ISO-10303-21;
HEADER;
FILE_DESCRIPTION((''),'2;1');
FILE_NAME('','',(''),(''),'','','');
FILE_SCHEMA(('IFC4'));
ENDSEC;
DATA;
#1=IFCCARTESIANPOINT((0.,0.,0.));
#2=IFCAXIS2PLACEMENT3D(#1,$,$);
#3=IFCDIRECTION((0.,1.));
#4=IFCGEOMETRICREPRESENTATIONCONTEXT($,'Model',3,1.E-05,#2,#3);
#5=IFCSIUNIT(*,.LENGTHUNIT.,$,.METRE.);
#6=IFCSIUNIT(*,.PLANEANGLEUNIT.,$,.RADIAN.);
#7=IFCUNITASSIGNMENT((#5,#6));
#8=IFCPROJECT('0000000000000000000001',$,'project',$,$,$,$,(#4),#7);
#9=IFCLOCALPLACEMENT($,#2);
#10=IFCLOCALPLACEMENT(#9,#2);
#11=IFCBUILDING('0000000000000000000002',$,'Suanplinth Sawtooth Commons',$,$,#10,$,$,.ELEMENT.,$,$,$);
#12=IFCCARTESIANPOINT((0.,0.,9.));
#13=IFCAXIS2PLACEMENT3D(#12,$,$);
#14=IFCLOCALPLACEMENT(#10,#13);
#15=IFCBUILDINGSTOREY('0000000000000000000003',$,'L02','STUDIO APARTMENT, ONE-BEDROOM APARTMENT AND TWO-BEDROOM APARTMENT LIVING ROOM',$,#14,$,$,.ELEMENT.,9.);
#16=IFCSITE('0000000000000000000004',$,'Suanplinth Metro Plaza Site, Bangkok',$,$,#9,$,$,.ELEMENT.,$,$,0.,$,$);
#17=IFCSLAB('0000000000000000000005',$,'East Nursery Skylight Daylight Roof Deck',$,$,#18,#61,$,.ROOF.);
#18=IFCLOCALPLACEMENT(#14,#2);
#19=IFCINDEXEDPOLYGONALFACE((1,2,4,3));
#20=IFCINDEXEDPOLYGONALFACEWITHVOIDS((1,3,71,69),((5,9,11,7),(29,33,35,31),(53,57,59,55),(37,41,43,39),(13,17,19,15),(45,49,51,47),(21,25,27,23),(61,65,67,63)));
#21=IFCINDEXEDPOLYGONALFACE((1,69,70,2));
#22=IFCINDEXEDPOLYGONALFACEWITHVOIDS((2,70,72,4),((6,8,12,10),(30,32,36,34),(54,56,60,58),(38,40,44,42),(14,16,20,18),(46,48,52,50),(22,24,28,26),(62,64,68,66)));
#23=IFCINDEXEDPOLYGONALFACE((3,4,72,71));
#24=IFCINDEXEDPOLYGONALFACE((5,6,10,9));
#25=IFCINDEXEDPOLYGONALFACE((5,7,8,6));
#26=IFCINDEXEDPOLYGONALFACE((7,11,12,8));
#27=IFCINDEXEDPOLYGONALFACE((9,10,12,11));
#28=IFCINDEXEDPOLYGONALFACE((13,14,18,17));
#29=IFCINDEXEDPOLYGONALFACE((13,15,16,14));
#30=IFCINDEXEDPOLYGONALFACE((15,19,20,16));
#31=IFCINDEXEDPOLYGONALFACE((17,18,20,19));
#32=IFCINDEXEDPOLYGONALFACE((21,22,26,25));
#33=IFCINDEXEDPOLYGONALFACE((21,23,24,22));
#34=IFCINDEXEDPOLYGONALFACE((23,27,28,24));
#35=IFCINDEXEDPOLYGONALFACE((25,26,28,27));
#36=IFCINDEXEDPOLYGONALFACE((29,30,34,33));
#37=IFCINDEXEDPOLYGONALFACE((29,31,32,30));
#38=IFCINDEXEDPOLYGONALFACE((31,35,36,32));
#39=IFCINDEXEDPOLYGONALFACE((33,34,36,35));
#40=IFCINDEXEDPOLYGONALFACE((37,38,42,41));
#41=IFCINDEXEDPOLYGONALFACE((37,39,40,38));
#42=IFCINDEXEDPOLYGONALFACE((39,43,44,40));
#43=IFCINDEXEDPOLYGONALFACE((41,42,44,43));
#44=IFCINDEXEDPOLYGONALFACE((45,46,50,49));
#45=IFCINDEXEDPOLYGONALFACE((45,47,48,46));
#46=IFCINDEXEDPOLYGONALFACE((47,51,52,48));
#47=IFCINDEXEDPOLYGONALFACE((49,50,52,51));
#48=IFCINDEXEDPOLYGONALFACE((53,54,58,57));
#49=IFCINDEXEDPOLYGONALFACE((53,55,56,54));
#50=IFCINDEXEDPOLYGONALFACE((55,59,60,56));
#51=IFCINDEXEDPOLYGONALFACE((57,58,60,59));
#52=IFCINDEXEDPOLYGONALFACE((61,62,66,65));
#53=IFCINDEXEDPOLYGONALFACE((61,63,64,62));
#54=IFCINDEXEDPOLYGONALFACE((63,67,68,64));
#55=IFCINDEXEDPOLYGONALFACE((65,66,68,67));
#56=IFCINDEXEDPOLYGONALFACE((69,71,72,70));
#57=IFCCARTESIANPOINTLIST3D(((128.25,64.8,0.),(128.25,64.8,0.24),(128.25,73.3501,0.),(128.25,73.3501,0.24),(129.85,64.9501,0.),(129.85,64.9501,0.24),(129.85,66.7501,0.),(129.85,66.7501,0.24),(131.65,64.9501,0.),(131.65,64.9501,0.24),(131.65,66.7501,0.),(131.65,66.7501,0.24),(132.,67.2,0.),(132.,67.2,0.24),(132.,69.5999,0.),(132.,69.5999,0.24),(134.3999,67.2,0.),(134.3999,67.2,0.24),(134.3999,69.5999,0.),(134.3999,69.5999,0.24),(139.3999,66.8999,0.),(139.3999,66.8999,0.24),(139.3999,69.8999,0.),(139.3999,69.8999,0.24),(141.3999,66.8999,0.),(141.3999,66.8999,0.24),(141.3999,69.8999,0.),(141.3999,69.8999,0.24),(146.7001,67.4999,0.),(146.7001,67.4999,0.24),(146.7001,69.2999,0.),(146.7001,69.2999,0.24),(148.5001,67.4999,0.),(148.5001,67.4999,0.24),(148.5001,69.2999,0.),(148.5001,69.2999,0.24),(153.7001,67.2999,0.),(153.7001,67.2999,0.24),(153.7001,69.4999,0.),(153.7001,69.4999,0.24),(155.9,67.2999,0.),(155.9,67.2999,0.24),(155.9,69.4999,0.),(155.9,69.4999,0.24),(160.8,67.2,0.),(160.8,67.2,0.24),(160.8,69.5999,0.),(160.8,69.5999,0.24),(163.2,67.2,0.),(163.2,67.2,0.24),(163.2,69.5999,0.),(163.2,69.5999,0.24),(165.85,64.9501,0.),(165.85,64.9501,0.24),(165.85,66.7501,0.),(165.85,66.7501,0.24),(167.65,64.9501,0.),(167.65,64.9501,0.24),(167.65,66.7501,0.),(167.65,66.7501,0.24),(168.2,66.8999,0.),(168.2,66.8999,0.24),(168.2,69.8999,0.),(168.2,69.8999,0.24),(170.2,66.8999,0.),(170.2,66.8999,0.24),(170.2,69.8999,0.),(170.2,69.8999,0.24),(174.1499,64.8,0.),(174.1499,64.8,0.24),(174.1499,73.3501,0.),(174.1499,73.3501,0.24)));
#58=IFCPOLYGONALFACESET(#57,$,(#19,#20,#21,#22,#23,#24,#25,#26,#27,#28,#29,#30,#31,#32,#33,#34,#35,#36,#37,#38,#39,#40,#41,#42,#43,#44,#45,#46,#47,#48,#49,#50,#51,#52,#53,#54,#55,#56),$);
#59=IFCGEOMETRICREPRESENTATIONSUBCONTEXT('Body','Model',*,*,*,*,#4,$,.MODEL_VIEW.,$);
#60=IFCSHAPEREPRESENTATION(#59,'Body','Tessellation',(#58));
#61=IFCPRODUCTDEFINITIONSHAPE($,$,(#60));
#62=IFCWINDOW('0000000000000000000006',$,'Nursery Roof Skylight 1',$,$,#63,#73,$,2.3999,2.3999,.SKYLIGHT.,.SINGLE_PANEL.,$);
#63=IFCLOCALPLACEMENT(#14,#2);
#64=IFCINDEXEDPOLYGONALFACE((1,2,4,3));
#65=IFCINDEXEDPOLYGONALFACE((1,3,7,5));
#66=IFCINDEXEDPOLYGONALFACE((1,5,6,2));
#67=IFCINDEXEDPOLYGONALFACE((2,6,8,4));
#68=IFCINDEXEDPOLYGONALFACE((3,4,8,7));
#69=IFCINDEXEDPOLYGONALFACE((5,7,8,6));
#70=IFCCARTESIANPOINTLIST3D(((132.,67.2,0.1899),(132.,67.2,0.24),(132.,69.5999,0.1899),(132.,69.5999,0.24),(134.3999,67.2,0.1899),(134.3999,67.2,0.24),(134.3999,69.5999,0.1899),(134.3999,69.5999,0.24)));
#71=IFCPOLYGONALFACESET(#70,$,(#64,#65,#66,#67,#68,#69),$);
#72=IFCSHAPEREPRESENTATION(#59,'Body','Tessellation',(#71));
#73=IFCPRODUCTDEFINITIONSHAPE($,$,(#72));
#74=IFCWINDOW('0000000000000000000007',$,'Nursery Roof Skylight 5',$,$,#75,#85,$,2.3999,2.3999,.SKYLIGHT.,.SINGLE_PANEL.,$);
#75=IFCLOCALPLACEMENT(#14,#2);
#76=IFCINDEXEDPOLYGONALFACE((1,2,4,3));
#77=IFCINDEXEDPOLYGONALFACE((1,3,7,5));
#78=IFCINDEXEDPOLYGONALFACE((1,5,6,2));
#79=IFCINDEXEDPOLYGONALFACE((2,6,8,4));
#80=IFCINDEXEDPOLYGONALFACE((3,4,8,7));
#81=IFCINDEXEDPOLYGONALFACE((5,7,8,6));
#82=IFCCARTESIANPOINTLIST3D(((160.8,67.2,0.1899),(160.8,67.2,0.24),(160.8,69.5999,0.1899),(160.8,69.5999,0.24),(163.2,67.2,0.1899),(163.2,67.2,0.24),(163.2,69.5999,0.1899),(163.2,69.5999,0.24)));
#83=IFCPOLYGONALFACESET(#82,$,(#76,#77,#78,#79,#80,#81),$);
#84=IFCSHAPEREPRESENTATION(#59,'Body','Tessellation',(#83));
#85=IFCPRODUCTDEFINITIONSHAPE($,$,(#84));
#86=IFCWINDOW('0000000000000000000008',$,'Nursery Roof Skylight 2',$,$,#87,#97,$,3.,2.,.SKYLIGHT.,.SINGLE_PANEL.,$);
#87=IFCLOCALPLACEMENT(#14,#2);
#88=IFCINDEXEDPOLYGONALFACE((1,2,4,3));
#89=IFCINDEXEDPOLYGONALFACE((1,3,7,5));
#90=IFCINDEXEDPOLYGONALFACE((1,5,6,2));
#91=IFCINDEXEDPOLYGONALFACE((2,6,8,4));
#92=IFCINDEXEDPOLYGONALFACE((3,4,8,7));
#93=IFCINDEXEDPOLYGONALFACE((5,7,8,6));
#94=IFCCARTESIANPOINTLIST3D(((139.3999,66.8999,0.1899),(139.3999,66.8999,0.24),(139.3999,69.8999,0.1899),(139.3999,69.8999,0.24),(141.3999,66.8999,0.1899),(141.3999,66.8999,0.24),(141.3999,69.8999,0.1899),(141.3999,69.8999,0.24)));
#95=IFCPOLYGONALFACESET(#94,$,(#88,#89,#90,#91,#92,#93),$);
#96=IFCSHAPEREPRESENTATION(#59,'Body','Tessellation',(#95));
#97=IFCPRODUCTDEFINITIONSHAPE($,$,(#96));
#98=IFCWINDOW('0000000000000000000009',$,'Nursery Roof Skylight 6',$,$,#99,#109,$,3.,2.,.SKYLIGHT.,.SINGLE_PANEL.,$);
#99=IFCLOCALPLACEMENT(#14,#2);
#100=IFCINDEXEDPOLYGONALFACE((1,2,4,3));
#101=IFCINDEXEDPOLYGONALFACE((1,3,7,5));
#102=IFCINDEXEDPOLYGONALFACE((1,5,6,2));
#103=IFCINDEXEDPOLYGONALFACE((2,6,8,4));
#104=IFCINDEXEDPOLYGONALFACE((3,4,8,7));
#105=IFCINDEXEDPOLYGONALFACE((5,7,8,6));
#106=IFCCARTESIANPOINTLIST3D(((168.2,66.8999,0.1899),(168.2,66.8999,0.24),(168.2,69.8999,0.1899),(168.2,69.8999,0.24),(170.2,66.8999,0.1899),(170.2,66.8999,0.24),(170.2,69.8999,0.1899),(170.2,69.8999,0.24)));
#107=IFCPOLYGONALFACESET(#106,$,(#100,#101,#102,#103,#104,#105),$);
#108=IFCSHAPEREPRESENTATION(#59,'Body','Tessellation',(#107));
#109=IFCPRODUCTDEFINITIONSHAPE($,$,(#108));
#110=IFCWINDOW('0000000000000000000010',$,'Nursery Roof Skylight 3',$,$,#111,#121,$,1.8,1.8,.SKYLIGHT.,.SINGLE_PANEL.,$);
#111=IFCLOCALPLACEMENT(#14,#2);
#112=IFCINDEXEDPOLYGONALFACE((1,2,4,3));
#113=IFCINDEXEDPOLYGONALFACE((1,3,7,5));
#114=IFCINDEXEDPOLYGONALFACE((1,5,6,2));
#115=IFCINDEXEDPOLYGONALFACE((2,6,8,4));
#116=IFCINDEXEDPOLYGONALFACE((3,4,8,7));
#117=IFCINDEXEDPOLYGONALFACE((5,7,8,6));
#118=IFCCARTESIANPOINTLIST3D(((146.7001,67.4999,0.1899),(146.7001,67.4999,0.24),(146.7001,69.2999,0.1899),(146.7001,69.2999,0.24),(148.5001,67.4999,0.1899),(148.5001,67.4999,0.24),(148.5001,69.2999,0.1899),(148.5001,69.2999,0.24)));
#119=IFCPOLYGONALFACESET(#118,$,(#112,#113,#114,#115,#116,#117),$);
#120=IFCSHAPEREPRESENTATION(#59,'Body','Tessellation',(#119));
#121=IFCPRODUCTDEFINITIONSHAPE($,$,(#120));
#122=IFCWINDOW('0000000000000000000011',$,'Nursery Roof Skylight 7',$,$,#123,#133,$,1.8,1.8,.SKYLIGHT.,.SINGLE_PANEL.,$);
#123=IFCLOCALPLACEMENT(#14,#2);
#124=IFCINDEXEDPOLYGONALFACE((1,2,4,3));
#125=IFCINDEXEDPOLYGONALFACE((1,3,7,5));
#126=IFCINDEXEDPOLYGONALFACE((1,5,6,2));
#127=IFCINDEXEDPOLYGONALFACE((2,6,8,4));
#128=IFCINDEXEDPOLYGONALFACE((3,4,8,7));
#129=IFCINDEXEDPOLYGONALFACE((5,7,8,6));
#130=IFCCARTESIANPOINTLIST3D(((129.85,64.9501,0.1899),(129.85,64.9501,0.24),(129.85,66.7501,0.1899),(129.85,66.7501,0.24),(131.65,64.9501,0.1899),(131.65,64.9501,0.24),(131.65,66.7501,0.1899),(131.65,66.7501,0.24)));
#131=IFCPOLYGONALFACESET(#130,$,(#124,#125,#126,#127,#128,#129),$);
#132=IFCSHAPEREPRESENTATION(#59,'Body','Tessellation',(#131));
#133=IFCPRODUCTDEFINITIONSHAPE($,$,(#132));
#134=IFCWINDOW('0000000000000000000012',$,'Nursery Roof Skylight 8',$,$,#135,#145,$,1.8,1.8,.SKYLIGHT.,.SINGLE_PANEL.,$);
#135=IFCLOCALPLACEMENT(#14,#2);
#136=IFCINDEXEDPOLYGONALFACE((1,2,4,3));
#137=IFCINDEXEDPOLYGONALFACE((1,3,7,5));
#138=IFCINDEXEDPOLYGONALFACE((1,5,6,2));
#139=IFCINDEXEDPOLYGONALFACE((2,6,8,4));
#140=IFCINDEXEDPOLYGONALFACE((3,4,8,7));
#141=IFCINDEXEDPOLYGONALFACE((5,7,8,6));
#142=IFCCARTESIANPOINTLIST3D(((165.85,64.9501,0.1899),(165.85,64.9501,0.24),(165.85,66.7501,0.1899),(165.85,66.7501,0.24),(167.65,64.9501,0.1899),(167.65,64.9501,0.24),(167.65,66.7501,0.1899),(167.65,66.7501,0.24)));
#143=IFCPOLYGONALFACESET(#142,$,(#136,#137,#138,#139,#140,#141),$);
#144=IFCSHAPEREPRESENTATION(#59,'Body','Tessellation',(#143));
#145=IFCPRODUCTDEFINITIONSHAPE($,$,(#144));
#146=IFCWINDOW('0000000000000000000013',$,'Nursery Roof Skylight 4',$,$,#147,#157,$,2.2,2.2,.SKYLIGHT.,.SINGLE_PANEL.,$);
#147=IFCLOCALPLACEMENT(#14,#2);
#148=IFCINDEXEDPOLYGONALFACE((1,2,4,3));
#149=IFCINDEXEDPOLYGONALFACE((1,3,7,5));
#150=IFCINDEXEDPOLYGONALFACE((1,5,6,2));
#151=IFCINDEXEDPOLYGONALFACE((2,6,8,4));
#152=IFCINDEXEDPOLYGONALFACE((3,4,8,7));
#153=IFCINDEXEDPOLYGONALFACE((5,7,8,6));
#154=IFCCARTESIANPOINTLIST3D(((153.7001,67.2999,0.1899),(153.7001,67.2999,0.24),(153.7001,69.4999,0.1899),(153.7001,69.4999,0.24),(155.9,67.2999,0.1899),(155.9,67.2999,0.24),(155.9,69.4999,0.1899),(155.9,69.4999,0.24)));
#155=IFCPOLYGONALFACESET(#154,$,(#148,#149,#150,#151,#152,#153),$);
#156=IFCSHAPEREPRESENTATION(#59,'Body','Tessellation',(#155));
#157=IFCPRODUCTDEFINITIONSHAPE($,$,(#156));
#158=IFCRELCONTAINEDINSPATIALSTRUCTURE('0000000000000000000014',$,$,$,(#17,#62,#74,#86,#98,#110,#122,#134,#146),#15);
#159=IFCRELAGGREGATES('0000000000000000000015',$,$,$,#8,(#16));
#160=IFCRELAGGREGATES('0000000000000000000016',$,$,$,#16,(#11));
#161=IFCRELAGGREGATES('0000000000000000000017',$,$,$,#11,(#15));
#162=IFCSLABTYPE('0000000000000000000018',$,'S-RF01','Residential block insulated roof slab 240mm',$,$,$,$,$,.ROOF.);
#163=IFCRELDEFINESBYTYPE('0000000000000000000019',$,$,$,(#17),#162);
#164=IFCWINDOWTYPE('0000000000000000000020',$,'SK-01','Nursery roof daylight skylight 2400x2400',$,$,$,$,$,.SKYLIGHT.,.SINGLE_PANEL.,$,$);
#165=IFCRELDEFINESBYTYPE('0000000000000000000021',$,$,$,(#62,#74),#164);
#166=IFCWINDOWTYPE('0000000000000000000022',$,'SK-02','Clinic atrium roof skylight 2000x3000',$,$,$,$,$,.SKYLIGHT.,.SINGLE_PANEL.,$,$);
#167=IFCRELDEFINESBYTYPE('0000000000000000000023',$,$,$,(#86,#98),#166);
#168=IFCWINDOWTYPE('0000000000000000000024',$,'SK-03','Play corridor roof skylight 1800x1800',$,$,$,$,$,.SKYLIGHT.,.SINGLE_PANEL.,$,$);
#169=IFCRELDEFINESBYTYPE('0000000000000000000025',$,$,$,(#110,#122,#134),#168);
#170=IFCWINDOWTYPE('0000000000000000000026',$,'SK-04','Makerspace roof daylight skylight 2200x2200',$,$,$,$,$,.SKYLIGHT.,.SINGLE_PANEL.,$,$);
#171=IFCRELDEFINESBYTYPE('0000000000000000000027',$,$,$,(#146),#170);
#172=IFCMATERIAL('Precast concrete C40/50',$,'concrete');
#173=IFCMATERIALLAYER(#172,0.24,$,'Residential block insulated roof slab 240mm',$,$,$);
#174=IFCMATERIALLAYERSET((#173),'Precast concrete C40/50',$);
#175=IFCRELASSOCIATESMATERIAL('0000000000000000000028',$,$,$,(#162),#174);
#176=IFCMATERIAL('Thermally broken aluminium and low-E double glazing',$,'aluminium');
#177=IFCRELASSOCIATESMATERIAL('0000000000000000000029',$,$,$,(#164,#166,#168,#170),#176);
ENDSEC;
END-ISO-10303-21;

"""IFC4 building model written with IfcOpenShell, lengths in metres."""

from ifc_helpers import new_model, si_unit, direction, frame, origin, origin_2d, place, context, subcontext, project, spatial, polyline, rectangle, outline, extrude, material, layer, layer_set, type_object, element, fill, save


model = new_model("IFC4")

# Units and contexts
model_context = context("Model", 3, precision=1e-05, world=origin(), true_north=direction((0.0, 1.0)))
body_context = subcontext(model_context, "Body", "Model", "MODEL_VIEW")
ifc_project = project(units=[si_unit("LENGTHUNIT", "METRE"), si_unit("PLANEANGLEUNIT", "RADIAN")], contexts=[model_context])

# Site, building, storey
site_placement = place(None, origin())
site = spatial("IfcSite", under=ifc_project, at=site_placement, Name="Suanplinth Metro Plaza Site, Bangkok", CompositionType="ELEMENT", RefElevation=0.0)
building_placement = place(site_placement, origin())
building = spatial("IfcBuilding", under=site, at=building_placement, Name="Suanplinth Sawtooth Commons", CompositionType="ELEMENT")
storey_placement = place(building_placement, frame((0.0, 0.0, 9.0)))
storey = spatial("IfcBuildingStorey", under=building, at=storey_placement, Name="L02", Description="STUDIO APARTMENT, ONE-BEDROOM APARTMENT AND TWO-BEDROOM APARTMENT LIVING ROOM", CompositionType="ELEMENT", Elevation=9.0)

# Shared definitions
ifc_material_1 = material(Name="Precast concrete C40/50", Category="concrete")

# Slab, openings, windows
ifc_layer_1 = layer(ifc_material_1, 0.24, Name="Residential block insulated roof slab 240mm")
ifc_layer_set_1 = layer_set([ifc_layer_1], Name="Precast concrete C40/50")
slab_type_1 = type_object("IfcSlabType", Name="S-RF01", Description="Residential block insulated roof slab 240mm", PredefinedType="ROOF", material=ifc_layer_set_1)
slab_1_placement = place(storey_placement, origin())
slab_1 = element("IfcSlab", 1, at=slab_1_placement, inside=storey, type_object=slab_type_1, Name="East Nursery Skylight Daylight Roof Deck", PredefinedType="ROOF", context=body_context, shape_type="SweptSolid", body=[
    extrude(outline(polyline([(128.25, 64.8), (174.1499, 64.8), (174.1499, 73.3501), (128.25, 73.3501), (128.25, 64.8)])), origin(), (0.0, 0.0, 1.0), 0.24),
])
opening_1_placement = place(slab_1_placement, frame((133.2, 68.3999, 0.0)))
opening_1 = element("IfcOpeningElement", 2, at=opening_1_placement, cuts=slab_1, PredefinedType="OPENING", context=body_context, shape_type="SweptSolid", body=[
    extrude(rectangle(XDim=2.3999, YDim=2.3999, at=origin_2d()), frame((0.0, 0.0, -0.0149)), (0.0, 0.0, 1.0), 0.2698),
])
opening_2_placement = place(slab_1_placement, frame((140.3999, 68.3999, 0.0)))
opening_2 = element("IfcOpeningElement", 3, at=opening_2_placement, cuts=slab_1, PredefinedType="OPENING", context=body_context, shape_type="SweptSolid", body=[
    extrude(rectangle(XDim=2.0, YDim=3.0, at=origin_2d()), frame((0.0, 0.0, -0.0149)), (0.0, 0.0, 1.0), 0.2698),
])
opening_3_placement = place(slab_1_placement, frame((147.6001, 68.3999, 0.0)))
opening_3 = element("IfcOpeningElement", 4, at=opening_3_placement, cuts=slab_1, PredefinedType="OPENING", context=body_context, shape_type="SweptSolid", body=[
    extrude(rectangle(XDim=1.8, YDim=1.8, at=origin_2d()), frame((0.0, 0.0, -0.0149)), (0.0, 0.0, 1.0), 0.2698),
])
opening_4_placement = place(slab_1_placement, frame((154.8, 68.3999, 0.0)))
opening_4 = element("IfcOpeningElement", 5, at=opening_4_placement, cuts=slab_1, PredefinedType="OPENING", context=body_context, shape_type="SweptSolid", body=[
    extrude(rectangle(XDim=2.2, YDim=2.2, at=origin_2d()), frame((0.0, 0.0, -0.0149)), (0.0, 0.0, 1.0), 0.2698),
])
opening_5_placement = place(slab_1_placement, frame((162.0, 68.3999, 0.0)))
opening_5 = element("IfcOpeningElement", 6, at=opening_5_placement, cuts=slab_1, PredefinedType="OPENING", context=body_context, shape_type="SweptSolid", body=[
    extrude(rectangle(XDim=2.3999, YDim=2.3999, at=origin_2d()), frame((0.0, 0.0, -0.0149)), (0.0, 0.0, 1.0), 0.2698),
])
opening_6_placement = place(slab_1_placement, frame((169.2, 68.3999, 0.0)))
opening_6 = element("IfcOpeningElement", 7, at=opening_6_placement, cuts=slab_1, PredefinedType="OPENING", context=body_context, shape_type="SweptSolid", body=[
    extrude(rectangle(XDim=2.0, YDim=3.0, at=origin_2d()), frame((0.0, 0.0, -0.0149)), (0.0, 0.0, 1.0), 0.2698),
])
opening_7_placement = place(slab_1_placement, frame((130.75, 65.8501, 0.0)))
opening_7 = element("IfcOpeningElement", 8, at=opening_7_placement, cuts=slab_1, PredefinedType="OPENING", context=body_context, shape_type="SweptSolid", body=[
    extrude(rectangle(XDim=1.8, YDim=1.8, at=origin_2d()), frame((0.0, 0.0, -0.0149)), (0.0, 0.0, 1.0), 0.2698),
])
opening_8_placement = place(slab_1_placement, frame((166.75, 65.8501, 0.0)))
opening_8 = element("IfcOpeningElement", 9, at=opening_8_placement, cuts=slab_1, PredefinedType="OPENING", context=body_context, shape_type="SweptSolid", body=[
    extrude(rectangle(XDim=1.8, YDim=1.8, at=origin_2d()), frame((0.0, 0.0, -0.0149)), (0.0, 0.0, 1.0), 0.2698),
])
ifc_material_2 = material(Name="Thermally broken aluminium and low-E double glazing", Category="aluminium")
window_type_1 = type_object("IfcWindowType", Name="SK-01", Description="Nursery roof daylight skylight 2400x2400", PartitioningType="SINGLE_PANEL", PredefinedType="SKYLIGHT", material=ifc_material_2)
window_1_placement = place(opening_1_placement, frame((0.0, 0.0, 0.1899)))
window_1 = element("IfcWindow", 10, at=window_1_placement, inside=storey, type_object=window_type_1, Name="Nursery Roof Skylight 1", OverallHeight=2.3999, OverallWidth=2.3999, PartitioningType="SINGLE_PANEL", PredefinedType="SKYLIGHT", context=body_context, shape_type="SweptSolid", body=[
    extrude(rectangle(XDim=2.3999, YDim=2.3999, at=origin_2d()), origin(), (0.0, 0.0, 1.0), 0.05),
])
fill(opening_1, window_1)
window_2_placement = place(opening_5_placement, frame((0.0, 0.0, 0.1899)))
window_2 = element("IfcWindow", 11, at=window_2_placement, inside=storey, type_object=window_type_1, Name="Nursery Roof Skylight 5", OverallHeight=2.3999, OverallWidth=2.3999, PartitioningType="SINGLE_PANEL", PredefinedType="SKYLIGHT", context=body_context, shape_type="SweptSolid", body=[
    extrude(rectangle(XDim=2.3999, YDim=2.3999, at=origin_2d()), origin(), (0.0, 0.0, 1.0), 0.05),
])
fill(opening_5, window_2)
window_type_2 = type_object("IfcWindowType", Name="SK-02", Description="Clinic atrium roof skylight 2000x3000", PartitioningType="SINGLE_PANEL", PredefinedType="SKYLIGHT", material=ifc_material_2)
window_3_placement = place(opening_2_placement, frame((0.0, 0.0, 0.1899)))
window_3 = element("IfcWindow", 12, at=window_3_placement, inside=storey, type_object=window_type_2, Name="Nursery Roof Skylight 2", OverallHeight=3.0, OverallWidth=2.0, PartitioningType="SINGLE_PANEL", PredefinedType="SKYLIGHT", context=body_context, shape_type="SweptSolid", body=[
    extrude(rectangle(XDim=2.0, YDim=3.0, at=origin_2d()), origin(), (0.0, 0.0, 1.0), 0.05),
])
fill(opening_2, window_3)
window_4_placement = place(opening_6_placement, frame((0.0, 0.0, 0.1899)))
window_4 = element("IfcWindow", 13, at=window_4_placement, inside=storey, type_object=window_type_2, Name="Nursery Roof Skylight 6", OverallHeight=3.0, OverallWidth=2.0, PartitioningType="SINGLE_PANEL", PredefinedType="SKYLIGHT", context=body_context, shape_type="SweptSolid", body=[
    extrude(rectangle(XDim=2.0, YDim=3.0, at=origin_2d()), origin(), (0.0, 0.0, 1.0), 0.05),
])
fill(opening_6, window_4)
window_type_3 = type_object("IfcWindowType", Name="SK-03", Description="Play corridor roof skylight 1800x1800", PartitioningType="SINGLE_PANEL", PredefinedType="SKYLIGHT", material=ifc_material_2)
window_5_placement = place(opening_3_placement, frame((0.0, 0.0, 0.1899)))
window_5 = element("IfcWindow", 14, at=window_5_placement, inside=storey, type_object=window_type_3, Name="Nursery Roof Skylight 3", OverallHeight=1.8, OverallWidth=1.8, PartitioningType="SINGLE_PANEL", PredefinedType="SKYLIGHT", context=body_context, shape_type="SweptSolid", body=[
    extrude(rectangle(XDim=1.8, YDim=1.8, at=origin_2d()), origin(), (0.0, 0.0, 1.0), 0.05),
])
fill(opening_3, window_5)
window_6_placement = place(opening_7_placement, frame((0.0, 0.0, 0.1899)))
window_6 = element("IfcWindow", 15, at=window_6_placement, inside=storey, type_object=window_type_3, Name="Nursery Roof Skylight 7", OverallHeight=1.8, OverallWidth=1.8, PartitioningType="SINGLE_PANEL", PredefinedType="SKYLIGHT", context=body_context, shape_type="SweptSolid", body=[
    extrude(rectangle(XDim=1.8, YDim=1.8, at=origin_2d()), origin(), (0.0, 0.0, 1.0), 0.05),
])
fill(opening_7, window_6)
window_7_placement = place(opening_8_placement, frame((0.0, 0.0, 0.1899)))
window_7 = element("IfcWindow", 16, at=window_7_placement, inside=storey, type_object=window_type_3, Name="Nursery Roof Skylight 8", OverallHeight=1.8, OverallWidth=1.8, PartitioningType="SINGLE_PANEL", PredefinedType="SKYLIGHT", context=body_context, shape_type="SweptSolid", body=[
    extrude(rectangle(XDim=1.8, YDim=1.8, at=origin_2d()), origin(), (0.0, 0.0, 1.0), 0.05),
])
fill(opening_8, window_7)
window_type_4 = type_object("IfcWindowType", Name="SK-04", Description="Makerspace roof daylight skylight 2200x2200", PartitioningType="SINGLE_PANEL", PredefinedType="SKYLIGHT", material=ifc_material_2)
window_8_placement = place(opening_4_placement, frame((0.0, 0.0, 0.1899)))
window_8 = element("IfcWindow", 17, at=window_8_placement, inside=storey, type_object=window_type_4, Name="Nursery Roof Skylight 4", OverallHeight=2.2, OverallWidth=2.2, PartitioningType="SINGLE_PANEL", PredefinedType="SKYLIGHT", context=body_context, shape_type="SweptSolid", body=[
    extrude(rectangle(XDim=2.2, YDim=2.2, at=origin_2d()), origin(), (0.0, 0.0, 1.0), 0.05),
])
fill(opening_4, window_8)

save(model, "model.ifc")
